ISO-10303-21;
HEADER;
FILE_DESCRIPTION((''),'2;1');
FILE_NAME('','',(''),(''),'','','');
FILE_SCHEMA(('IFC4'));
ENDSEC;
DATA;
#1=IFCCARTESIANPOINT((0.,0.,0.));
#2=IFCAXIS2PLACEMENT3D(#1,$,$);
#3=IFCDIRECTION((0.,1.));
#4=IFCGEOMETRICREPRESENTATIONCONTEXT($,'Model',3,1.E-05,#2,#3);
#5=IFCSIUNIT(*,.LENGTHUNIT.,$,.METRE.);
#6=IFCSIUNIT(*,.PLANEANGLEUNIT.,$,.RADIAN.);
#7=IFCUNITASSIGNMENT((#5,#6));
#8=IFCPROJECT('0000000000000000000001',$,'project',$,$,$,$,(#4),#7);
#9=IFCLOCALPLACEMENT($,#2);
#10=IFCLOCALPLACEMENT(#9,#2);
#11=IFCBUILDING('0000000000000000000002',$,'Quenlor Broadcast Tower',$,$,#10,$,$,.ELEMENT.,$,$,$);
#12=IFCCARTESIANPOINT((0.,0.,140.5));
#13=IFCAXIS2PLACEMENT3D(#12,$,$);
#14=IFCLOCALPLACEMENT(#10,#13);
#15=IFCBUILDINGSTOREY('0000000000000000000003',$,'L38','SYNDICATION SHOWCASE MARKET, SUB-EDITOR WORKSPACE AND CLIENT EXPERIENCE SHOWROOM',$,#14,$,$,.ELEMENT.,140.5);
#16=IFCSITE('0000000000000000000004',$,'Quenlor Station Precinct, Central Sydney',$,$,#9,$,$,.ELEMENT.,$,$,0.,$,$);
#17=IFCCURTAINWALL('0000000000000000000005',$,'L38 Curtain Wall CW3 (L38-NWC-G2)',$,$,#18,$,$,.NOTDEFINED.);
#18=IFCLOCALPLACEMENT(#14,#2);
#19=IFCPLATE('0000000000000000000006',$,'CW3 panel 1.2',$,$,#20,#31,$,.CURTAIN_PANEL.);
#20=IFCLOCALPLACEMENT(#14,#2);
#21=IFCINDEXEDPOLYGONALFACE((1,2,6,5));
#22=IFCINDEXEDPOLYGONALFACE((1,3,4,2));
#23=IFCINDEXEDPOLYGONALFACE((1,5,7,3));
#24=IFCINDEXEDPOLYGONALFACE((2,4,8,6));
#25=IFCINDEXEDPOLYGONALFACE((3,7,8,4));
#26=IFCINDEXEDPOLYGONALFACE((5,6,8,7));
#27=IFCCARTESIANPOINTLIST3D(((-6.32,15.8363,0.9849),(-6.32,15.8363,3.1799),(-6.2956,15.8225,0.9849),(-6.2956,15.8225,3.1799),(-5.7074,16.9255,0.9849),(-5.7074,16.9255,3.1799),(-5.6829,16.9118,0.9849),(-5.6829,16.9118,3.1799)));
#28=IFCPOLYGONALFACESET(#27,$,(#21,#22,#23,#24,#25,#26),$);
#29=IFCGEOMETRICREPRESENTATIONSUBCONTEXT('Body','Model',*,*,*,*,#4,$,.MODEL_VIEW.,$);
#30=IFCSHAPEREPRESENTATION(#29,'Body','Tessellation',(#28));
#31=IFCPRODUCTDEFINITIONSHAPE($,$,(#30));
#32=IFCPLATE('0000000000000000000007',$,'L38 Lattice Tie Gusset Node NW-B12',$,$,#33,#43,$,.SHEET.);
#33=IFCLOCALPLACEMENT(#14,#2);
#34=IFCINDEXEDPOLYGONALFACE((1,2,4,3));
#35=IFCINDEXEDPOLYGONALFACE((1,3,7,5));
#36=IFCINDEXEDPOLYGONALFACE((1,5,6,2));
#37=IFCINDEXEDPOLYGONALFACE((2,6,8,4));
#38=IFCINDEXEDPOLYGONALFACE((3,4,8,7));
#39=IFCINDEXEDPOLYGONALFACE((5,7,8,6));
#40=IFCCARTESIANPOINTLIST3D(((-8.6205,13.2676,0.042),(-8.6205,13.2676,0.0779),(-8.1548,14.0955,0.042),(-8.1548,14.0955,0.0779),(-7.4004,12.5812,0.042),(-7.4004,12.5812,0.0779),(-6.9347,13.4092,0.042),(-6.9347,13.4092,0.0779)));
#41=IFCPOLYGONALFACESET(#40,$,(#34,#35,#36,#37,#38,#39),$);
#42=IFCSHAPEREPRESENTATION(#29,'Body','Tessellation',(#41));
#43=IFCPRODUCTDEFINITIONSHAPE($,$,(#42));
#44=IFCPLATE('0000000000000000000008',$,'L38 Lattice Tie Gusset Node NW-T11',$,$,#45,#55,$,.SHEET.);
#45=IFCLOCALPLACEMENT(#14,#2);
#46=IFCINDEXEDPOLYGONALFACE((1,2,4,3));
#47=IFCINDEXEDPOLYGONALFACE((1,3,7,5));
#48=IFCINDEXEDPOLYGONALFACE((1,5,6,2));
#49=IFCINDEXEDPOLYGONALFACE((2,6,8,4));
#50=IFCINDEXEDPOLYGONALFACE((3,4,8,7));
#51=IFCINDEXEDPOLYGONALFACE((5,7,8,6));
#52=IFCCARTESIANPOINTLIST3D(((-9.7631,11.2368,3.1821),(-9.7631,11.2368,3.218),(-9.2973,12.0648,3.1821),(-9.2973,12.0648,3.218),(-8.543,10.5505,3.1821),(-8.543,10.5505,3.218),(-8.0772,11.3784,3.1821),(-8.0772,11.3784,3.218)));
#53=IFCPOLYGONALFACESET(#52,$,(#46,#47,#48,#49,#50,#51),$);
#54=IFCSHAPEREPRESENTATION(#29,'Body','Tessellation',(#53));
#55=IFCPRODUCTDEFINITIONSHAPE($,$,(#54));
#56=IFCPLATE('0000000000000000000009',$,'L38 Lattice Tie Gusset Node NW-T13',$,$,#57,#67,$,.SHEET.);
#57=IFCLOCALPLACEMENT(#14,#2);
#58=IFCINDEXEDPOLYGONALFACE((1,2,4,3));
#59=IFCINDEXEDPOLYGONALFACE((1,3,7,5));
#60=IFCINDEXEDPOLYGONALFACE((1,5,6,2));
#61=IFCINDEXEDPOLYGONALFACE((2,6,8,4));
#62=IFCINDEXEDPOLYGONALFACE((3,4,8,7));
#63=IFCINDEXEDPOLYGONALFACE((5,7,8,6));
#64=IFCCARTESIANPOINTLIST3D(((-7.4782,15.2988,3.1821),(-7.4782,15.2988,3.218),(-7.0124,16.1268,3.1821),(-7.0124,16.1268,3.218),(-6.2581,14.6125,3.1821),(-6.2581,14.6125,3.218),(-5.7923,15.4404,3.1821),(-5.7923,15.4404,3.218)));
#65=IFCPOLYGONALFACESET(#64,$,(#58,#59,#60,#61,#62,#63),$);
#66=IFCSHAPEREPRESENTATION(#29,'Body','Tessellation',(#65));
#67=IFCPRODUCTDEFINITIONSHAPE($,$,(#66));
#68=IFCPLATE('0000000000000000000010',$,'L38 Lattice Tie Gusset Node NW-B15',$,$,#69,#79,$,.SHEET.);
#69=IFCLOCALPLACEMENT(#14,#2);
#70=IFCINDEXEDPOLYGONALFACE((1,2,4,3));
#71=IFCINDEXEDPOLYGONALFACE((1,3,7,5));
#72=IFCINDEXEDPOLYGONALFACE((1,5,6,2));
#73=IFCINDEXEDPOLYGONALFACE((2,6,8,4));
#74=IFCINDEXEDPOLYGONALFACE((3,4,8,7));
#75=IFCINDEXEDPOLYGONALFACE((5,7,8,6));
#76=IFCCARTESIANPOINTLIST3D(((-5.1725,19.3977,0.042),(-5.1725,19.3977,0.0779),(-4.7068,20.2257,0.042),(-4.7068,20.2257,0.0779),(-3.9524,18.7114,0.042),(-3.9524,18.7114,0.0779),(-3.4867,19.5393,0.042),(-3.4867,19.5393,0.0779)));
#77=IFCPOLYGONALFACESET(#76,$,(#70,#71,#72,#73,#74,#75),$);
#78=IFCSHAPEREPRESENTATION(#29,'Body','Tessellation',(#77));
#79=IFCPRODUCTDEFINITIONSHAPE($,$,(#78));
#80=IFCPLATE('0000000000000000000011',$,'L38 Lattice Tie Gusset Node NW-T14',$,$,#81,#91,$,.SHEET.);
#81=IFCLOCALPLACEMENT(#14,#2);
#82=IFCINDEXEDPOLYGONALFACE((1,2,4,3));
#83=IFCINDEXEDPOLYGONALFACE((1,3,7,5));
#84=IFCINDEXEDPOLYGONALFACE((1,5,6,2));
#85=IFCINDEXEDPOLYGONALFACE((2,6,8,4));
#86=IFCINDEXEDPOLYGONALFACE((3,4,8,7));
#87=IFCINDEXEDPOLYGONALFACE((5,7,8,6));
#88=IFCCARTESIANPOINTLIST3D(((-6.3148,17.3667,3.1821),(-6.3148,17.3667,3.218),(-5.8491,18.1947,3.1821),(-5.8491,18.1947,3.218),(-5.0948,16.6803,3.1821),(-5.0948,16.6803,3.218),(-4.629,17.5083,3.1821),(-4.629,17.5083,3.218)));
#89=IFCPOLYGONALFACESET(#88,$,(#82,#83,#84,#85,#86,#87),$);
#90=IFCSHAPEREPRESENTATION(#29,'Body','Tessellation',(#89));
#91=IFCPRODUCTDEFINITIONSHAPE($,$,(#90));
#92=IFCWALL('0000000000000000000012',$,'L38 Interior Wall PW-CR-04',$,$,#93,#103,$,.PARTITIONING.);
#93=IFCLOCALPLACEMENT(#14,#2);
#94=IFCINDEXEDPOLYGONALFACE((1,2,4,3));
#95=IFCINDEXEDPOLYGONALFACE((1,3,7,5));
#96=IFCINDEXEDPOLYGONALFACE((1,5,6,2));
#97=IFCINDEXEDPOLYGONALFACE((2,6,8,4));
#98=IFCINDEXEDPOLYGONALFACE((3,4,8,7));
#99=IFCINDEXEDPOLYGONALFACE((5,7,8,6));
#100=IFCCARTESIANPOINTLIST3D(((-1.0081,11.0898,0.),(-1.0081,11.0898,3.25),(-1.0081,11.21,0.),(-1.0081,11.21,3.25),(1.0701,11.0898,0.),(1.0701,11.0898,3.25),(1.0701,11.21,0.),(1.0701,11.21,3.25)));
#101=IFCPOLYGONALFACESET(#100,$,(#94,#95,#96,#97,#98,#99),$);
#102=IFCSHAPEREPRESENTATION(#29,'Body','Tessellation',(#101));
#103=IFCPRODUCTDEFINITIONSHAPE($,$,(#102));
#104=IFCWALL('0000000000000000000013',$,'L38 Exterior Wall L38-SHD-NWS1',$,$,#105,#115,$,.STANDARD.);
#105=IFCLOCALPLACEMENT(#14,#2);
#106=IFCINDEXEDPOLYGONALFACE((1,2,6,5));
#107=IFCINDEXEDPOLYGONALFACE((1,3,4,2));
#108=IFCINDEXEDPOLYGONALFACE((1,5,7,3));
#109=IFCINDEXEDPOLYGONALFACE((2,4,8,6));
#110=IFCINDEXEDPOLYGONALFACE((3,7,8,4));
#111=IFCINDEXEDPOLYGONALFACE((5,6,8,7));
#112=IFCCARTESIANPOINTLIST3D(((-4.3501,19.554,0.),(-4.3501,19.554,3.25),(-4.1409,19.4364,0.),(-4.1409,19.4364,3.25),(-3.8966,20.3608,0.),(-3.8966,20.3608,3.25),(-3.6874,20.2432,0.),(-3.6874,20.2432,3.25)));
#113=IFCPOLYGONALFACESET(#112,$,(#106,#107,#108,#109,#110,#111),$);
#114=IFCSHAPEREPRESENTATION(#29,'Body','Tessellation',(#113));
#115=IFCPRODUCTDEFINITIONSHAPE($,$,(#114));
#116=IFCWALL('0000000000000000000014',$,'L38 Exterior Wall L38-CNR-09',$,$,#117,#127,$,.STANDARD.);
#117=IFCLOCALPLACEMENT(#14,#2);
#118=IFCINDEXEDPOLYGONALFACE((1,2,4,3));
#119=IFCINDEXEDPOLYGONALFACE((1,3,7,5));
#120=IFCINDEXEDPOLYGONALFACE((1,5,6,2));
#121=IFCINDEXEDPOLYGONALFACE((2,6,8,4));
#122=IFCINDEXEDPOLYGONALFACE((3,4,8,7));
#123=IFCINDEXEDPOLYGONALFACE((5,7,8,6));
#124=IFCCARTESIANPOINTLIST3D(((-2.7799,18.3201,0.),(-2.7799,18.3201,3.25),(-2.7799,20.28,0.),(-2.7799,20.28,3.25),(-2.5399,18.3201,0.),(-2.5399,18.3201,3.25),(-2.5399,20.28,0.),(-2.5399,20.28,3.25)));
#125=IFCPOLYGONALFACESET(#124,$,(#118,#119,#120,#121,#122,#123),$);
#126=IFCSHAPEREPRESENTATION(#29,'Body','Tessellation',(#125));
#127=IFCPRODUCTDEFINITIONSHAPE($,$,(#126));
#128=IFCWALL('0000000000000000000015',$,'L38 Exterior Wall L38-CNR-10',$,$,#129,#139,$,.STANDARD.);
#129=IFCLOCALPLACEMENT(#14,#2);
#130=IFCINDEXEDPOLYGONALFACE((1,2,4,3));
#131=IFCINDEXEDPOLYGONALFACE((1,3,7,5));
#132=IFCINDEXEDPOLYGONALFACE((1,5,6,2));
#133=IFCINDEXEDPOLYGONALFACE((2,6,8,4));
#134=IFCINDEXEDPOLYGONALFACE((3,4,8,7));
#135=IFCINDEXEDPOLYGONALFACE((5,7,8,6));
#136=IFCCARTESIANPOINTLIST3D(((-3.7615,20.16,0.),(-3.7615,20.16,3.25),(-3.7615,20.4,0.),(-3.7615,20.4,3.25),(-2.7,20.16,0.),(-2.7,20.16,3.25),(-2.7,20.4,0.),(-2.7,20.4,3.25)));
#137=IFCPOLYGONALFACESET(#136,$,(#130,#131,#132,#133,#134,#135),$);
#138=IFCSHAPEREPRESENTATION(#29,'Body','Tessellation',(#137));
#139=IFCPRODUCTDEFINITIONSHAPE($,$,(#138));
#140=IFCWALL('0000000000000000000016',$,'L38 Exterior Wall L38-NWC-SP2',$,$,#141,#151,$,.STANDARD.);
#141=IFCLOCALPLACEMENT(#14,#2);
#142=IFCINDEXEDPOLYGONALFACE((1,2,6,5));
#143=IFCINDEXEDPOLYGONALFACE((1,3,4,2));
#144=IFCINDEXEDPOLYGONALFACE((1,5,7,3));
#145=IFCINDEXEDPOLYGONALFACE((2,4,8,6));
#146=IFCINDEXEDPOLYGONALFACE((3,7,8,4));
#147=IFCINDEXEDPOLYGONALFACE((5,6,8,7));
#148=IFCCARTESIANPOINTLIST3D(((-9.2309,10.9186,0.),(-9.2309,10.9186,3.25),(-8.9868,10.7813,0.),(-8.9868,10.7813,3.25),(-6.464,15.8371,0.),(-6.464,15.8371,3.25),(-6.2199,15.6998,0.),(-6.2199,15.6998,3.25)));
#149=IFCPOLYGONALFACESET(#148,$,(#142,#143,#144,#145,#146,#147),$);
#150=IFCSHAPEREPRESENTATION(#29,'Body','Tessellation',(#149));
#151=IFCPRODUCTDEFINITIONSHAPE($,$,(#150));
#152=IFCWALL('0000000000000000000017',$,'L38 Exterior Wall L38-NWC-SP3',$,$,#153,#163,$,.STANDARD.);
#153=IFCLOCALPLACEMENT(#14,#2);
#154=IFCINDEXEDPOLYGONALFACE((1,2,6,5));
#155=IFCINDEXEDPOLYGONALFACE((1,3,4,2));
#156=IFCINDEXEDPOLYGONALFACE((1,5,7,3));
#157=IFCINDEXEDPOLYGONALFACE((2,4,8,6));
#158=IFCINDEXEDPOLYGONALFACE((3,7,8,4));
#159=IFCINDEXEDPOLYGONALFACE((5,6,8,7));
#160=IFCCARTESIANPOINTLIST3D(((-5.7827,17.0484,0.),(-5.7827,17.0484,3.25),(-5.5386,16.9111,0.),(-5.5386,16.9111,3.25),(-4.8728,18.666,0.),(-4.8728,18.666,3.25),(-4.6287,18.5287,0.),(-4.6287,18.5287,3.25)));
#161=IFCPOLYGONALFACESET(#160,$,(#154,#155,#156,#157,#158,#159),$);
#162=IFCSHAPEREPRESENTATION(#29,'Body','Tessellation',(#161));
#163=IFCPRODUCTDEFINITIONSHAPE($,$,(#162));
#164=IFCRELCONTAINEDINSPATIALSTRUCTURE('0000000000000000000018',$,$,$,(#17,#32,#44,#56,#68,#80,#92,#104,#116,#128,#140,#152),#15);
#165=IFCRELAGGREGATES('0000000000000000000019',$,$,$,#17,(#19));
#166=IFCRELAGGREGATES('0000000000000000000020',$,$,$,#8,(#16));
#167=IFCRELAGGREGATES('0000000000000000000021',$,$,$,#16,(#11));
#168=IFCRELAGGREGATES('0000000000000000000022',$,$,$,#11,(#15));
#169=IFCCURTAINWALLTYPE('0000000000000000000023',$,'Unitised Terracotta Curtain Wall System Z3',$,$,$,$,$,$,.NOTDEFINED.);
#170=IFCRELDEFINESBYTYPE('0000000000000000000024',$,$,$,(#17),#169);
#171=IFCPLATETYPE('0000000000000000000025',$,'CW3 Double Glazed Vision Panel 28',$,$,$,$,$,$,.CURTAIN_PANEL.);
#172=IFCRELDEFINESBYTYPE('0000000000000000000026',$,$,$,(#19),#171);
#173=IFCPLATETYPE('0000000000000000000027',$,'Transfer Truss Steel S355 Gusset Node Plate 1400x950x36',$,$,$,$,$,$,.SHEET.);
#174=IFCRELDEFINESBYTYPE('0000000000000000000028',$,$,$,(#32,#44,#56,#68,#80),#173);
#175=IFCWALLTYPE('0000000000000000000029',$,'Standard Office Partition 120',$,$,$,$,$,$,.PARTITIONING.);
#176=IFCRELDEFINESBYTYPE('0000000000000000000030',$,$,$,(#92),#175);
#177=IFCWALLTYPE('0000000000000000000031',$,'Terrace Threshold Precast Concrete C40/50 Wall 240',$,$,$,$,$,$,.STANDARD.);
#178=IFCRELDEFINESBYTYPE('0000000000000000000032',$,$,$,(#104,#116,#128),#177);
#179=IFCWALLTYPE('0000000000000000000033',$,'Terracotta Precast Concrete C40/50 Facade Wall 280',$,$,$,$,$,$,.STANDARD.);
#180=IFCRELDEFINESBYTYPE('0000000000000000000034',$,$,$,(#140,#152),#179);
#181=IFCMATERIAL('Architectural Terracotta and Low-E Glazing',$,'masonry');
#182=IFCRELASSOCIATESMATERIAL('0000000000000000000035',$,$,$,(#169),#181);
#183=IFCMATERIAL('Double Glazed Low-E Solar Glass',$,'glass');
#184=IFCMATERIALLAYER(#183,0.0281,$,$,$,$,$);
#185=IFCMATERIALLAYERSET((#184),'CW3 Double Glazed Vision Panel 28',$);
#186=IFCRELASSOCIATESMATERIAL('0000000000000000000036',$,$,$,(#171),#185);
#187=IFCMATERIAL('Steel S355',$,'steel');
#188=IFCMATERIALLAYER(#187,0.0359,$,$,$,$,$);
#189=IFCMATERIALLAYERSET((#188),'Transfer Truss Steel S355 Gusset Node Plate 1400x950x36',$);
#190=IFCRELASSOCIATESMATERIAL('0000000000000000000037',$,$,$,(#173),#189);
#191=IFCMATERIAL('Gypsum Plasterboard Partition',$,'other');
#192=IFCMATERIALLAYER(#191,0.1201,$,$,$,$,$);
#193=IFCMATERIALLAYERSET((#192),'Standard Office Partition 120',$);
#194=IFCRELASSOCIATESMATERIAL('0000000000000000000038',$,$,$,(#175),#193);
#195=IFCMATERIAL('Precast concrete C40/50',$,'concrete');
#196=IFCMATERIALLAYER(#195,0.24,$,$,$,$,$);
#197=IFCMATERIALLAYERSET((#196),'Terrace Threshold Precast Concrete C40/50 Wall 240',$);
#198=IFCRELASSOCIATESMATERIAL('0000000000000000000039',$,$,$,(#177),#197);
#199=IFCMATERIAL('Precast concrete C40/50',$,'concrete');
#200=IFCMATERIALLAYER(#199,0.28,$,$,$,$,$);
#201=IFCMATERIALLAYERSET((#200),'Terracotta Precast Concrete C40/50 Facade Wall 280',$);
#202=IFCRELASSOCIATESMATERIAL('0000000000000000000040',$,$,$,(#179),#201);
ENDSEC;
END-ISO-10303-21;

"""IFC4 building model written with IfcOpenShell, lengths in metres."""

from ifc_helpers import new_model, si_unit, direction, frame, frame_2d, origin, origin_2d, place, context, subcontext, project, spatial, rectangle, extrude, material, layer, layer_set, type_object, element, aggregate, save


model = new_model("IFC4")

# Units and contexts
model_context = context("Model", 3, precision=1e-05, world=origin(), true_north=direction((0.0, 1.0)))
body_context = subcontext(model_context, "Body", "Model", "MODEL_VIEW")
ifc_project = project(units=[si_unit("LENGTHUNIT", "METRE"), si_unit("PLANEANGLEUNIT", "RADIAN")], contexts=[model_context])

# Site, building, storey
site_placement = place(None, origin())
site = spatial("IfcSite", under=ifc_project, at=site_placement, Name="Quenlor Station Precinct, Central Sydney", CompositionType="ELEMENT", RefElevation=0.0)
building_placement = place(site_placement, origin())
building = spatial("IfcBuilding", under=site, at=building_placement, Name="Quenlor Broadcast Tower", CompositionType="ELEMENT")
storey_placement = place(building_placement, frame((0.0, 0.0, 140.5)))
storey = spatial("IfcBuildingStorey", under=building, at=storey_placement, Name="L38", Description="SYNDICATION SHOWCASE MARKET, SUB-EDITOR WORKSPACE AND CLIENT EXPERIENCE SHOWROOM", CompositionType="ELEMENT", Elevation=140.5)

# Shared definitions
ifc_material_1 = material(Name="Architectural Terracotta and Low-E Glazing", Category="masonry")
curtain_wall_type = type_object("IfcCurtainWallType", Name="Unitised Terracotta Curtain Wall System Z3", PredefinedType="NOTDEFINED", material=ifc_material_1)

# Curtain wall
curtain_wall_1_placement = place(storey_placement, origin())
curtain_wall_1 = element("IfcCurtainWall", 1, at=curtain_wall_1_placement, inside=storey, type_object=curtain_wall_type, Name="L38 Curtain Wall CW3 (L38-NWC-G2)", PredefinedType="NOTDEFINED")

# Plate
ifc_material_2 = material(Name="Double Glazed Low-E Solar Glass", Category="glass")
ifc_layer_1 = layer(ifc_material_2, 0.0281)
ifc_layer_set_1 = layer_set([ifc_layer_1], Name="CW3 Double Glazed Vision Panel 28")
plate_type_1 = type_object("IfcPlateType", Name="CW3 Double Glazed Vision Panel 28", PredefinedType="CURTAIN_PANEL", material=ifc_layer_set_1)
plate_1_placement = place(storey_placement, frame((-6.0015, 16.374, 0.9849), z_axis=(0.0, 0.0, 1.0), x_axis=(0.49023, 0.871593, 0.0)))
plate_1 = element("IfcPlate", 2, at=plate_1_placement, type_object=plate_type_1, Name="CW3 panel 1.2", PredefinedType="CURTAIN_PANEL", context=body_context, shape_type="SweptSolid", body=[
    extrude(rectangle(XDim=1.2498, YDim=0.0281, at=origin_2d()), origin(), (0.0, 0.0, 1.0), 2.1951),
])
aggregate(curtain_wall_1, [plate_1])

# Plates
ifc_material_3 = material(Name="Steel S355", Category="steel")
ifc_layer_2 = layer(ifc_material_3, 0.0359)
ifc_layer_set_2 = layer_set([ifc_layer_2], Name="Transfer Truss Steel S355 Gusset Node Plate 1400x950x36")
plate_type_2 = type_object("IfcPlateType", Name="Transfer Truss Steel S355 Gusset Node Plate 1400x950x36", PredefinedType="SHEET", material=ifc_layer_set_2)
for number, where, z_axis, x_axis, name in (
    (3, (-7.7776, 13.3384, 0.042), (0.0, 0.0, 1.0), (-0.871556, 0.490295, 0.0), "L38 Lattice Tie Gusset Node NW-B12"),
    (4, (-8.9202, 11.3076, 3.1821), (0.0, 0.0, 1.0), (-0.871556, 0.490295, 0.0), "L38 Lattice Tie Gusset Node NW-T11"),
    (5, (-6.6353, 15.3696, 3.1821), (0.0, 0.0, 1.0), (-0.871556, 0.490295, 0.0), "L38 Lattice Tie Gusset Node NW-T13"),
    (6, (-4.3296, 19.4685, 0.042), (0.0, 0.0, 1.0), (-0.871556, 0.490295, 0.0), "L38 Lattice Tie Gusset Node NW-B15"),
    (7, (-5.4719, 17.4375, 3.1821), (0.0, 0.0, 1.0), (-0.871556, 0.490295, 0.0), "L38 Lattice Tie Gusset Node NW-T14"),
):
    element("IfcPlate", number, at=place(storey_placement, frame(where, z_axis=z_axis, x_axis=x_axis)), inside=storey, type_object=plate_type_2, Name=name, PredefinedType="SHEET", context=body_context, shape_type="SweptSolid", body=[
        extrude(rectangle(XDim=1.3999, YDim=0.95, at=origin_2d()), origin(), (0.0, 0.0, 1.0), 0.0359),
    ])

# Walls
ifc_material_4 = material(Name="Gypsum Plasterboard Partition", Category="other")
ifc_layer_3 = layer(ifc_material_4, 0.1201)
ifc_layer_set_3 = layer_set([ifc_layer_3], Name="Standard Office Partition 120")
wall_type_1 = type_object("IfcWallType", Name="Standard Office Partition 120", PredefinedType="PARTITIONING", material=ifc_layer_set_3)
wall_1_placement = place(storey_placement, frame((-1.0081, 11.1499, 0.0), z_axis=(0.0, 0.0, 1.0), x_axis=(1.0, 0.0, 0.0)))
element("IfcWall", 8, at=wall_1_placement, inside=storey, type_object=wall_type_1, Name="L38 Interior Wall PW-CR-04", PredefinedType="PARTITIONING", context=body_context, shape_type="SweptSolid", body=[
    extrude(rectangle(XDim=2.0781, YDim=0.1201, at=frame_2d((1.0391, 0.0))), origin(), (0.0, 0.0, 1.0), 3.25),
])
ifc_material_5 = material(Name="Precast concrete C40/50", Category="concrete")
ifc_layer_4 = layer(ifc_material_5, 0.24)
ifc_layer_set_4 = layer_set([ifc_layer_4], Name="Terrace Threshold Precast Concrete C40/50 Wall 240")
wall_type_2 = type_object("IfcWallType", Name="Terrace Threshold Precast Concrete C40/50 Wall 240", PredefinedType="STANDARD", material=ifc_layer_set_4)
wall_2_placement = place(storey_placement, frame((-4.2456, 19.4951, 0.0), z_axis=(0.0, 0.0, 1.0), x_axis=(0.490048, 0.871695, 0.0)))
element("IfcWall", 9, at=wall_2_placement, inside=storey, type_object=wall_type_2, Name="L38 Exterior Wall L38-SHD-NWS1", PredefinedType="STANDARD", context=body_context, shape_type="SweptSolid", body=[
    extrude(rectangle(XDim=0.9255, YDim=0.24, at=frame_2d((0.4629, 0.0))), origin(), (0.0, 0.0, 1.0), 3.25),
])
wall_3_placement = place(storey_placement, frame((-2.6599, 18.3201, 0.0), z_axis=(0.0, 0.0, 1.0), x_axis=(0.0, 1.0, 0.0)))
element("IfcWall", 10, at=wall_3_placement, inside=storey, type_object=wall_type_2, Name="L38 Exterior Wall L38-CNR-09", PredefinedType="STANDARD", context=body_context, shape_type="SweptSolid", body=[
    extrude(rectangle(XDim=1.96, YDim=0.24, at=frame_2d((0.98, 0.0))), origin(), (0.0, 0.0, 1.0), 3.25),
])
wall_4_placement = place(storey_placement, frame((-2.7, 20.28, 0.0), z_axis=(0.0, 0.0, 1.0), x_axis=(-1.0, 0.0, 0.0)))
element("IfcWall", 11, at=wall_4_placement, inside=storey, type_object=wall_type_2, Name="L38 Exterior Wall L38-CNR-10", PredefinedType="STANDARD", context=body_context, shape_type="SweptSolid", body=[
    extrude(rectangle(XDim=1.0615, YDim=0.24, at=frame_2d((0.5308, 0.0))), origin(), (0.0, 0.0, 1.0), 3.25),
])
ifc_material_6 = material(Name="Precast concrete C40/50", Category="concrete")
ifc_layer_5 = layer(ifc_material_6, 0.28)
ifc_layer_set_5 = layer_set([ifc_layer_5], Name="Terracotta Precast Concrete C40/50 Facade Wall 280")
wall_type_3 = type_object("IfcWallType", Name="Terracotta Precast Concrete C40/50 Facade Wall 280", PredefinedType="STANDARD", material=ifc_layer_set_5)
wall_5_placement = place(storey_placement, frame((-9.1089, 10.8499, 0.0), z_axis=(0.0, 0.0, 1.0), x_axis=(0.49029, 0.871559, 0.0)))
element("IfcWall", 12, at=wall_5_placement, inside=storey, type_object=wall_type_3, Name="L38 Exterior Wall L38-NWC-SP2", PredefinedType="STANDARD", context=body_context, shape_type="SweptSolid", body=[
    extrude(rectangle(XDim=5.6433, YDim=0.28, at=frame_2d((2.8218, 0.0))), origin(), (0.0, 0.0, 1.0), 3.25),
])
wall_6_placement = place(storey_placement, frame((-5.6606, 16.9797, 0.0), z_axis=(0.0, 0.0, 1.0), x_axis=(0.490249, 0.871583, 0.0)))
element("IfcWall", 13, at=wall_6_placement, inside=storey, type_object=wall_type_3, Name="L38 Exterior Wall L38-NWC-SP3", PredefinedType="STANDARD", context=body_context, shape_type="SweptSolid", body=[
    extrude(rectangle(XDim=1.856, YDim=0.28, at=frame_2d((0.928, 0.0))), origin(), (0.0, 0.0, 1.0), 3.25),
])

save(model, "model.ifc")
